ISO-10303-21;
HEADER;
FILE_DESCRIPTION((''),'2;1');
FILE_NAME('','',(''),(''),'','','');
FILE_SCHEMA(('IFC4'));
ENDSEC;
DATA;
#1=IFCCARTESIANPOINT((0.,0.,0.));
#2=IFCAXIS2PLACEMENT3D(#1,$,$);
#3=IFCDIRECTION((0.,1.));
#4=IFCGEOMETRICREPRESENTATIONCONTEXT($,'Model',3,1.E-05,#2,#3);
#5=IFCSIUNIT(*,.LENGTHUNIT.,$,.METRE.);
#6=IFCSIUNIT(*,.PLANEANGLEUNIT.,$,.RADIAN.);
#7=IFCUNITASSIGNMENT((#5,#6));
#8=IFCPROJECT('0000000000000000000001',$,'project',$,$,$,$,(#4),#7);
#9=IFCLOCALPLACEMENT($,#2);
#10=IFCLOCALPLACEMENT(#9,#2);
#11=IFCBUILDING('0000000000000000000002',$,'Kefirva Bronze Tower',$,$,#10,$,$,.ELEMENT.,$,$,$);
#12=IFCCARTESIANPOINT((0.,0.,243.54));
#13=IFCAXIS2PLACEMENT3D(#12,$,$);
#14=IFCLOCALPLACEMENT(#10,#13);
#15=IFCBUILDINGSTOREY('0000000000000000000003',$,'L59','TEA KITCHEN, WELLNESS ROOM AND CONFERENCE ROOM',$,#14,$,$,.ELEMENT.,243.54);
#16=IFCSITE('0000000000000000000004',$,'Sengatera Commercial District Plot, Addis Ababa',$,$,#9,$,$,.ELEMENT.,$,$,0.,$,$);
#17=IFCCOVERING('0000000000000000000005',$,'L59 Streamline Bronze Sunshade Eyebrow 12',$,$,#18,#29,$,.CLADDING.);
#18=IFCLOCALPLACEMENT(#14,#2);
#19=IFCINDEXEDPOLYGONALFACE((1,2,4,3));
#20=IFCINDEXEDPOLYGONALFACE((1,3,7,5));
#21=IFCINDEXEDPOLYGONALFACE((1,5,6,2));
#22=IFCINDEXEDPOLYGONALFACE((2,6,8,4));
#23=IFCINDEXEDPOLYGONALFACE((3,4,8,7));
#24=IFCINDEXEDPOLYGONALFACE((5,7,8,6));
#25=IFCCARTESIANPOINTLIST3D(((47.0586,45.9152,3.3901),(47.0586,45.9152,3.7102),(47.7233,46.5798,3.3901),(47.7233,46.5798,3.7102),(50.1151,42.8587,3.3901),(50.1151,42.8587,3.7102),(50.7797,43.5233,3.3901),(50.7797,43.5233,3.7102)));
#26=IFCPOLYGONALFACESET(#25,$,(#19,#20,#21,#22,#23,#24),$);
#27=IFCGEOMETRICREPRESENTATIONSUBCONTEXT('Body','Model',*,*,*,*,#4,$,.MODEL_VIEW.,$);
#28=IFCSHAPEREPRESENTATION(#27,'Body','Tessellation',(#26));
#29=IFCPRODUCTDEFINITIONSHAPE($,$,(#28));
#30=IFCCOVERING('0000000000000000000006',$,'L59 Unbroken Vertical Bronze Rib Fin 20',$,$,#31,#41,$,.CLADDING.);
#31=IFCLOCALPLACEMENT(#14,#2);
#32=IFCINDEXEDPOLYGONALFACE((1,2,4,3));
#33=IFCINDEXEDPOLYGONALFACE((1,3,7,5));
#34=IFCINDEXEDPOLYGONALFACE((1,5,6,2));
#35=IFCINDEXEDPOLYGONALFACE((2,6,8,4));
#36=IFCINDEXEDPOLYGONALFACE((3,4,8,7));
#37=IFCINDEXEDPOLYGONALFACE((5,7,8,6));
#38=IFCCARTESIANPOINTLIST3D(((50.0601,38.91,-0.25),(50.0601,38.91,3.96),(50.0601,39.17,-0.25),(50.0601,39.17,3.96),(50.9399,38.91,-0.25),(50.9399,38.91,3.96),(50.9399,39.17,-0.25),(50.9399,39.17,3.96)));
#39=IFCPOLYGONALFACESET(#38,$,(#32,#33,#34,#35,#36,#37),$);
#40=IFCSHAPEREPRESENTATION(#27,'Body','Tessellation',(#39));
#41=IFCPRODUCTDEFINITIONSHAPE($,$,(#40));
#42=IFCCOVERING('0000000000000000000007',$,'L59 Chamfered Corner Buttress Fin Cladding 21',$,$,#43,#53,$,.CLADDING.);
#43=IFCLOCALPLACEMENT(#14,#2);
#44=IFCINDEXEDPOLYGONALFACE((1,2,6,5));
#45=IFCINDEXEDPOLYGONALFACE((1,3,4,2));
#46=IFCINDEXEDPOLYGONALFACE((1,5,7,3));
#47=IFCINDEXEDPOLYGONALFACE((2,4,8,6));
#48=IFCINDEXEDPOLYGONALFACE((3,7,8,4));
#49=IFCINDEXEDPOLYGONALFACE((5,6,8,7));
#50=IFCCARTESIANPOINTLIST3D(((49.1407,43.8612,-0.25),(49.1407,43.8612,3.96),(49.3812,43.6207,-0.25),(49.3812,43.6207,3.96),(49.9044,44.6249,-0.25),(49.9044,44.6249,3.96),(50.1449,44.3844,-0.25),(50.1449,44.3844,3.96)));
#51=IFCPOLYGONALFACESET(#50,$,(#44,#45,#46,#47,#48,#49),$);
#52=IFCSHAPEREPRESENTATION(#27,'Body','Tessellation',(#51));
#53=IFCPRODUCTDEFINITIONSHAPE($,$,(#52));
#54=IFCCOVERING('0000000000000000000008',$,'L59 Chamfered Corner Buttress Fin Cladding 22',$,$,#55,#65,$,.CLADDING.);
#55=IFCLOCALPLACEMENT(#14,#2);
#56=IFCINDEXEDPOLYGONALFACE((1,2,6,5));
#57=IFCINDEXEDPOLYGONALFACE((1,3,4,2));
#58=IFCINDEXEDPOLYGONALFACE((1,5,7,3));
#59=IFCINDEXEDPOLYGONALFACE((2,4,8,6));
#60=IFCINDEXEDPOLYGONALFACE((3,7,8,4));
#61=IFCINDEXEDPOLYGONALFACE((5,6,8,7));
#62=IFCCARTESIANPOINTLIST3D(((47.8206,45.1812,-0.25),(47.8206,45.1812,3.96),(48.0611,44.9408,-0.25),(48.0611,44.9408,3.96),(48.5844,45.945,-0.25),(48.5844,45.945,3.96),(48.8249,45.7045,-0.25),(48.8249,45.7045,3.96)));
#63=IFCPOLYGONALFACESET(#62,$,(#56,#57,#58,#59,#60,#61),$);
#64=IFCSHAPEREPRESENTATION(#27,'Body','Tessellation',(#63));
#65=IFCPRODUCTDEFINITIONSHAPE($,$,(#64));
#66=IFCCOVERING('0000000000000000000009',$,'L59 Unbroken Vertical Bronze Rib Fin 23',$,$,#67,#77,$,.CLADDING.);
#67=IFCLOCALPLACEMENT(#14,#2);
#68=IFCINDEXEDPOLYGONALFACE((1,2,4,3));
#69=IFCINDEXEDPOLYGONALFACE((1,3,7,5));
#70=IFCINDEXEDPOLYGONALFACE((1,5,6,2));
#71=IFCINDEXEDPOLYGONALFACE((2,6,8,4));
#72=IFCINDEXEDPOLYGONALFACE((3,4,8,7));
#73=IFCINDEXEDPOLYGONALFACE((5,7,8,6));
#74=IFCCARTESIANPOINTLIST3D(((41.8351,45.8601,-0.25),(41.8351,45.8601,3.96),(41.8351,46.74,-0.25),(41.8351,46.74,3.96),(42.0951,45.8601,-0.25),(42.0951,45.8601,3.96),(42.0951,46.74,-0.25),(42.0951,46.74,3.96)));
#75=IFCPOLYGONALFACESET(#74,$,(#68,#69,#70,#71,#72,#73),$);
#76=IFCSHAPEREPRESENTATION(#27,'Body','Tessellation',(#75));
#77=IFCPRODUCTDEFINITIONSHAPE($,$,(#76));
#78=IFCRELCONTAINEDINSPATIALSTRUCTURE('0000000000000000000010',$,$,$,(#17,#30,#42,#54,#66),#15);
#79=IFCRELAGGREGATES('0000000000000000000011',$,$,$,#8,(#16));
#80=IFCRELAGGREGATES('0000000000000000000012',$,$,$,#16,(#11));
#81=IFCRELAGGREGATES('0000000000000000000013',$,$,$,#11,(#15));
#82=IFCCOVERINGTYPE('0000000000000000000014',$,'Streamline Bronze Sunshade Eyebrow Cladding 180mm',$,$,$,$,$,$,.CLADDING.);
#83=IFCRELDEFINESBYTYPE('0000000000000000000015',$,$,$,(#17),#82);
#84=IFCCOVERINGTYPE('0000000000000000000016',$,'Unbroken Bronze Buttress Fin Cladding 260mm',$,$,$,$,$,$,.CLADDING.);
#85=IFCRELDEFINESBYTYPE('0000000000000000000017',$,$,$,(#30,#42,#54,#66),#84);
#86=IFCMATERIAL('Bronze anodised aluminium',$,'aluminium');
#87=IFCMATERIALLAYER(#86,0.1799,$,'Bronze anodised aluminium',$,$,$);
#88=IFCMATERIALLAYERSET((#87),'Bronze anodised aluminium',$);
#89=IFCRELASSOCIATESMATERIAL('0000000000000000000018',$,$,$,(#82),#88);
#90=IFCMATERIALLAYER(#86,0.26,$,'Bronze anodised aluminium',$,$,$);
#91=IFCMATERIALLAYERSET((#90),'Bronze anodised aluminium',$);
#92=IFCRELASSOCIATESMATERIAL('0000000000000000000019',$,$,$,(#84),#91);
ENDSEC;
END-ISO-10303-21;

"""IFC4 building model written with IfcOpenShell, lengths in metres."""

from ifc_helpers import new_model, si_unit, direction, frame, origin, origin_2d, place, context, subcontext, project, spatial, rectangle, extrude, material, layer, layer_set, type_object, element, save


model = new_model("IFC4")

# Units and contexts
model_context = context("Model", 3, precision=1e-05, world=origin(), true_north=direction((0.0, 1.0)))
body_context = subcontext(model_context, "Body", "Model", "MODEL_VIEW")
ifc_project = project(units=[si_unit("LENGTHUNIT", "METRE"), si_unit("PLANEANGLEUNIT", "RADIAN")], contexts=[model_context])

# Site, building, storey
site_placement = place(None, origin())
site = spatial("IfcSite", under=ifc_project, at=site_placement, Name="Sengatera Commercial District Plot, Addis Ababa", CompositionType="ELEMENT", RefElevation=0.0)
building_placement = place(site_placement, origin())
building = spatial("IfcBuilding", under=site, at=building_placement, Name="Kefirva Bronze Tower", CompositionType="ELEMENT")
storey_placement = place(building_placement, frame((0.0, 0.0, 243.54)))
storey = spatial("IfcBuildingStorey", under=building, at=storey_placement, Name="L59", Description="TEA KITCHEN, WELLNESS ROOM AND CONFERENCE ROOM", CompositionType="ELEMENT", Elevation=243.54)

# Coverings
ifc_material_1 = material(Name="Bronze anodised aluminium", Category="aluminium")
ifc_layer_1 = layer(ifc_material_1, 0.1799, Name="Bronze anodised aluminium")
ifc_layer_set_1 = layer_set([ifc_layer_1], Name="Bronze anodised aluminium")
covering_type_1 = type_object("IfcCoveringType", Name="Streamline Bronze Sunshade Eyebrow Cladding 180mm", PredefinedType="CLADDING", material=ifc_layer_set_1)
covering_1_placement = place(storey_placement, frame((48.9192, 44.7192, 3.3901), z_axis=(0.0, 0.0, 1.0), x_axis=(-0.707107, 0.707107, 0.0)))
element("IfcCovering", 1, at=covering_1_placement, inside=storey, type_object=covering_type_1, Name="L59 Streamline Bronze Sunshade Eyebrow 12", PredefinedType="CLADDING", context=body_context, shape_type="SweptSolid", body=[
    extrude(rectangle(XDim=4.3225, YDim=0.9399, at=origin_2d()), origin(), (0.0, 0.0, 1.0), 0.3201),
])
ifc_layer_2 = layer(ifc_material_1, 0.26, Name="Bronze anodised aluminium")
ifc_layer_set_2 = layer_set([ifc_layer_2], Name="Bronze anodised aluminium")
covering_type_2 = type_object("IfcCoveringType", Name="Unbroken Bronze Buttress Fin Cladding 260mm", PredefinedType="CLADDING", material=ifc_layer_set_2)
covering_2_placement = place(storey_placement, frame((50.5, 39.04, -0.25), z_axis=(0.0, 0.0, 1.0), x_axis=(0.0, 1.0, 0.0)))
element("IfcCovering", 2, at=covering_2_placement, inside=storey, type_object=covering_type_2, Name="L59 Unbroken Vertical Bronze Rib Fin 20", PredefinedType="CLADDING", context=body_context, shape_type="SweptSolid", body=[
    extrude(rectangle(XDim=0.26, YDim=0.8799, at=origin_2d()), origin(), (0.0, 0.0, 1.0), 4.21),
])
for number, where, z_axis, x_axis, name in (
    (3, (49.6428, 44.1228, -0.25), (0.0, 0.0, 1.0), (-0.707107, 0.707107, 0.0), "L59 Chamfered Corner Buttress Fin Cladding 21"),
    (4, (48.3228, 45.4429, -0.25), (0.0, 0.0, 1.0), (-0.707107, 0.707107, 0.0), "L59 Chamfered Corner Buttress Fin Cladding 22"),
):
    element("IfcCovering", number, at=place(storey_placement, frame(where, z_axis=z_axis, x_axis=x_axis)), inside=storey, type_object=covering_type_2, Name=name, PredefinedType="CLADDING", context=body_context, shape_type="SweptSolid", body=[
        extrude(rectangle(XDim=0.3401, YDim=1.0801, at=origin_2d()), origin(), (0.0, 0.0, 1.0), 4.21),
    ])
covering_3_placement = place(storey_placement, frame((41.9651, 46.3, -0.25), z_axis=(0.0, 0.0, 1.0), x_axis=(-1.0, 0.0, 0.0)))
element("IfcCovering", 5, at=covering_3_placement, inside=storey, type_object=covering_type_2, Name="L59 Unbroken Vertical Bronze Rib Fin 23", PredefinedType="CLADDING", context=body_context, shape_type="SweptSolid", body=[
    extrude(rectangle(XDim=0.26, YDim=0.8799, at=origin_2d()), origin(), (0.0, 0.0, 1.0), 4.21),
])

save(model, "model.ifc")
